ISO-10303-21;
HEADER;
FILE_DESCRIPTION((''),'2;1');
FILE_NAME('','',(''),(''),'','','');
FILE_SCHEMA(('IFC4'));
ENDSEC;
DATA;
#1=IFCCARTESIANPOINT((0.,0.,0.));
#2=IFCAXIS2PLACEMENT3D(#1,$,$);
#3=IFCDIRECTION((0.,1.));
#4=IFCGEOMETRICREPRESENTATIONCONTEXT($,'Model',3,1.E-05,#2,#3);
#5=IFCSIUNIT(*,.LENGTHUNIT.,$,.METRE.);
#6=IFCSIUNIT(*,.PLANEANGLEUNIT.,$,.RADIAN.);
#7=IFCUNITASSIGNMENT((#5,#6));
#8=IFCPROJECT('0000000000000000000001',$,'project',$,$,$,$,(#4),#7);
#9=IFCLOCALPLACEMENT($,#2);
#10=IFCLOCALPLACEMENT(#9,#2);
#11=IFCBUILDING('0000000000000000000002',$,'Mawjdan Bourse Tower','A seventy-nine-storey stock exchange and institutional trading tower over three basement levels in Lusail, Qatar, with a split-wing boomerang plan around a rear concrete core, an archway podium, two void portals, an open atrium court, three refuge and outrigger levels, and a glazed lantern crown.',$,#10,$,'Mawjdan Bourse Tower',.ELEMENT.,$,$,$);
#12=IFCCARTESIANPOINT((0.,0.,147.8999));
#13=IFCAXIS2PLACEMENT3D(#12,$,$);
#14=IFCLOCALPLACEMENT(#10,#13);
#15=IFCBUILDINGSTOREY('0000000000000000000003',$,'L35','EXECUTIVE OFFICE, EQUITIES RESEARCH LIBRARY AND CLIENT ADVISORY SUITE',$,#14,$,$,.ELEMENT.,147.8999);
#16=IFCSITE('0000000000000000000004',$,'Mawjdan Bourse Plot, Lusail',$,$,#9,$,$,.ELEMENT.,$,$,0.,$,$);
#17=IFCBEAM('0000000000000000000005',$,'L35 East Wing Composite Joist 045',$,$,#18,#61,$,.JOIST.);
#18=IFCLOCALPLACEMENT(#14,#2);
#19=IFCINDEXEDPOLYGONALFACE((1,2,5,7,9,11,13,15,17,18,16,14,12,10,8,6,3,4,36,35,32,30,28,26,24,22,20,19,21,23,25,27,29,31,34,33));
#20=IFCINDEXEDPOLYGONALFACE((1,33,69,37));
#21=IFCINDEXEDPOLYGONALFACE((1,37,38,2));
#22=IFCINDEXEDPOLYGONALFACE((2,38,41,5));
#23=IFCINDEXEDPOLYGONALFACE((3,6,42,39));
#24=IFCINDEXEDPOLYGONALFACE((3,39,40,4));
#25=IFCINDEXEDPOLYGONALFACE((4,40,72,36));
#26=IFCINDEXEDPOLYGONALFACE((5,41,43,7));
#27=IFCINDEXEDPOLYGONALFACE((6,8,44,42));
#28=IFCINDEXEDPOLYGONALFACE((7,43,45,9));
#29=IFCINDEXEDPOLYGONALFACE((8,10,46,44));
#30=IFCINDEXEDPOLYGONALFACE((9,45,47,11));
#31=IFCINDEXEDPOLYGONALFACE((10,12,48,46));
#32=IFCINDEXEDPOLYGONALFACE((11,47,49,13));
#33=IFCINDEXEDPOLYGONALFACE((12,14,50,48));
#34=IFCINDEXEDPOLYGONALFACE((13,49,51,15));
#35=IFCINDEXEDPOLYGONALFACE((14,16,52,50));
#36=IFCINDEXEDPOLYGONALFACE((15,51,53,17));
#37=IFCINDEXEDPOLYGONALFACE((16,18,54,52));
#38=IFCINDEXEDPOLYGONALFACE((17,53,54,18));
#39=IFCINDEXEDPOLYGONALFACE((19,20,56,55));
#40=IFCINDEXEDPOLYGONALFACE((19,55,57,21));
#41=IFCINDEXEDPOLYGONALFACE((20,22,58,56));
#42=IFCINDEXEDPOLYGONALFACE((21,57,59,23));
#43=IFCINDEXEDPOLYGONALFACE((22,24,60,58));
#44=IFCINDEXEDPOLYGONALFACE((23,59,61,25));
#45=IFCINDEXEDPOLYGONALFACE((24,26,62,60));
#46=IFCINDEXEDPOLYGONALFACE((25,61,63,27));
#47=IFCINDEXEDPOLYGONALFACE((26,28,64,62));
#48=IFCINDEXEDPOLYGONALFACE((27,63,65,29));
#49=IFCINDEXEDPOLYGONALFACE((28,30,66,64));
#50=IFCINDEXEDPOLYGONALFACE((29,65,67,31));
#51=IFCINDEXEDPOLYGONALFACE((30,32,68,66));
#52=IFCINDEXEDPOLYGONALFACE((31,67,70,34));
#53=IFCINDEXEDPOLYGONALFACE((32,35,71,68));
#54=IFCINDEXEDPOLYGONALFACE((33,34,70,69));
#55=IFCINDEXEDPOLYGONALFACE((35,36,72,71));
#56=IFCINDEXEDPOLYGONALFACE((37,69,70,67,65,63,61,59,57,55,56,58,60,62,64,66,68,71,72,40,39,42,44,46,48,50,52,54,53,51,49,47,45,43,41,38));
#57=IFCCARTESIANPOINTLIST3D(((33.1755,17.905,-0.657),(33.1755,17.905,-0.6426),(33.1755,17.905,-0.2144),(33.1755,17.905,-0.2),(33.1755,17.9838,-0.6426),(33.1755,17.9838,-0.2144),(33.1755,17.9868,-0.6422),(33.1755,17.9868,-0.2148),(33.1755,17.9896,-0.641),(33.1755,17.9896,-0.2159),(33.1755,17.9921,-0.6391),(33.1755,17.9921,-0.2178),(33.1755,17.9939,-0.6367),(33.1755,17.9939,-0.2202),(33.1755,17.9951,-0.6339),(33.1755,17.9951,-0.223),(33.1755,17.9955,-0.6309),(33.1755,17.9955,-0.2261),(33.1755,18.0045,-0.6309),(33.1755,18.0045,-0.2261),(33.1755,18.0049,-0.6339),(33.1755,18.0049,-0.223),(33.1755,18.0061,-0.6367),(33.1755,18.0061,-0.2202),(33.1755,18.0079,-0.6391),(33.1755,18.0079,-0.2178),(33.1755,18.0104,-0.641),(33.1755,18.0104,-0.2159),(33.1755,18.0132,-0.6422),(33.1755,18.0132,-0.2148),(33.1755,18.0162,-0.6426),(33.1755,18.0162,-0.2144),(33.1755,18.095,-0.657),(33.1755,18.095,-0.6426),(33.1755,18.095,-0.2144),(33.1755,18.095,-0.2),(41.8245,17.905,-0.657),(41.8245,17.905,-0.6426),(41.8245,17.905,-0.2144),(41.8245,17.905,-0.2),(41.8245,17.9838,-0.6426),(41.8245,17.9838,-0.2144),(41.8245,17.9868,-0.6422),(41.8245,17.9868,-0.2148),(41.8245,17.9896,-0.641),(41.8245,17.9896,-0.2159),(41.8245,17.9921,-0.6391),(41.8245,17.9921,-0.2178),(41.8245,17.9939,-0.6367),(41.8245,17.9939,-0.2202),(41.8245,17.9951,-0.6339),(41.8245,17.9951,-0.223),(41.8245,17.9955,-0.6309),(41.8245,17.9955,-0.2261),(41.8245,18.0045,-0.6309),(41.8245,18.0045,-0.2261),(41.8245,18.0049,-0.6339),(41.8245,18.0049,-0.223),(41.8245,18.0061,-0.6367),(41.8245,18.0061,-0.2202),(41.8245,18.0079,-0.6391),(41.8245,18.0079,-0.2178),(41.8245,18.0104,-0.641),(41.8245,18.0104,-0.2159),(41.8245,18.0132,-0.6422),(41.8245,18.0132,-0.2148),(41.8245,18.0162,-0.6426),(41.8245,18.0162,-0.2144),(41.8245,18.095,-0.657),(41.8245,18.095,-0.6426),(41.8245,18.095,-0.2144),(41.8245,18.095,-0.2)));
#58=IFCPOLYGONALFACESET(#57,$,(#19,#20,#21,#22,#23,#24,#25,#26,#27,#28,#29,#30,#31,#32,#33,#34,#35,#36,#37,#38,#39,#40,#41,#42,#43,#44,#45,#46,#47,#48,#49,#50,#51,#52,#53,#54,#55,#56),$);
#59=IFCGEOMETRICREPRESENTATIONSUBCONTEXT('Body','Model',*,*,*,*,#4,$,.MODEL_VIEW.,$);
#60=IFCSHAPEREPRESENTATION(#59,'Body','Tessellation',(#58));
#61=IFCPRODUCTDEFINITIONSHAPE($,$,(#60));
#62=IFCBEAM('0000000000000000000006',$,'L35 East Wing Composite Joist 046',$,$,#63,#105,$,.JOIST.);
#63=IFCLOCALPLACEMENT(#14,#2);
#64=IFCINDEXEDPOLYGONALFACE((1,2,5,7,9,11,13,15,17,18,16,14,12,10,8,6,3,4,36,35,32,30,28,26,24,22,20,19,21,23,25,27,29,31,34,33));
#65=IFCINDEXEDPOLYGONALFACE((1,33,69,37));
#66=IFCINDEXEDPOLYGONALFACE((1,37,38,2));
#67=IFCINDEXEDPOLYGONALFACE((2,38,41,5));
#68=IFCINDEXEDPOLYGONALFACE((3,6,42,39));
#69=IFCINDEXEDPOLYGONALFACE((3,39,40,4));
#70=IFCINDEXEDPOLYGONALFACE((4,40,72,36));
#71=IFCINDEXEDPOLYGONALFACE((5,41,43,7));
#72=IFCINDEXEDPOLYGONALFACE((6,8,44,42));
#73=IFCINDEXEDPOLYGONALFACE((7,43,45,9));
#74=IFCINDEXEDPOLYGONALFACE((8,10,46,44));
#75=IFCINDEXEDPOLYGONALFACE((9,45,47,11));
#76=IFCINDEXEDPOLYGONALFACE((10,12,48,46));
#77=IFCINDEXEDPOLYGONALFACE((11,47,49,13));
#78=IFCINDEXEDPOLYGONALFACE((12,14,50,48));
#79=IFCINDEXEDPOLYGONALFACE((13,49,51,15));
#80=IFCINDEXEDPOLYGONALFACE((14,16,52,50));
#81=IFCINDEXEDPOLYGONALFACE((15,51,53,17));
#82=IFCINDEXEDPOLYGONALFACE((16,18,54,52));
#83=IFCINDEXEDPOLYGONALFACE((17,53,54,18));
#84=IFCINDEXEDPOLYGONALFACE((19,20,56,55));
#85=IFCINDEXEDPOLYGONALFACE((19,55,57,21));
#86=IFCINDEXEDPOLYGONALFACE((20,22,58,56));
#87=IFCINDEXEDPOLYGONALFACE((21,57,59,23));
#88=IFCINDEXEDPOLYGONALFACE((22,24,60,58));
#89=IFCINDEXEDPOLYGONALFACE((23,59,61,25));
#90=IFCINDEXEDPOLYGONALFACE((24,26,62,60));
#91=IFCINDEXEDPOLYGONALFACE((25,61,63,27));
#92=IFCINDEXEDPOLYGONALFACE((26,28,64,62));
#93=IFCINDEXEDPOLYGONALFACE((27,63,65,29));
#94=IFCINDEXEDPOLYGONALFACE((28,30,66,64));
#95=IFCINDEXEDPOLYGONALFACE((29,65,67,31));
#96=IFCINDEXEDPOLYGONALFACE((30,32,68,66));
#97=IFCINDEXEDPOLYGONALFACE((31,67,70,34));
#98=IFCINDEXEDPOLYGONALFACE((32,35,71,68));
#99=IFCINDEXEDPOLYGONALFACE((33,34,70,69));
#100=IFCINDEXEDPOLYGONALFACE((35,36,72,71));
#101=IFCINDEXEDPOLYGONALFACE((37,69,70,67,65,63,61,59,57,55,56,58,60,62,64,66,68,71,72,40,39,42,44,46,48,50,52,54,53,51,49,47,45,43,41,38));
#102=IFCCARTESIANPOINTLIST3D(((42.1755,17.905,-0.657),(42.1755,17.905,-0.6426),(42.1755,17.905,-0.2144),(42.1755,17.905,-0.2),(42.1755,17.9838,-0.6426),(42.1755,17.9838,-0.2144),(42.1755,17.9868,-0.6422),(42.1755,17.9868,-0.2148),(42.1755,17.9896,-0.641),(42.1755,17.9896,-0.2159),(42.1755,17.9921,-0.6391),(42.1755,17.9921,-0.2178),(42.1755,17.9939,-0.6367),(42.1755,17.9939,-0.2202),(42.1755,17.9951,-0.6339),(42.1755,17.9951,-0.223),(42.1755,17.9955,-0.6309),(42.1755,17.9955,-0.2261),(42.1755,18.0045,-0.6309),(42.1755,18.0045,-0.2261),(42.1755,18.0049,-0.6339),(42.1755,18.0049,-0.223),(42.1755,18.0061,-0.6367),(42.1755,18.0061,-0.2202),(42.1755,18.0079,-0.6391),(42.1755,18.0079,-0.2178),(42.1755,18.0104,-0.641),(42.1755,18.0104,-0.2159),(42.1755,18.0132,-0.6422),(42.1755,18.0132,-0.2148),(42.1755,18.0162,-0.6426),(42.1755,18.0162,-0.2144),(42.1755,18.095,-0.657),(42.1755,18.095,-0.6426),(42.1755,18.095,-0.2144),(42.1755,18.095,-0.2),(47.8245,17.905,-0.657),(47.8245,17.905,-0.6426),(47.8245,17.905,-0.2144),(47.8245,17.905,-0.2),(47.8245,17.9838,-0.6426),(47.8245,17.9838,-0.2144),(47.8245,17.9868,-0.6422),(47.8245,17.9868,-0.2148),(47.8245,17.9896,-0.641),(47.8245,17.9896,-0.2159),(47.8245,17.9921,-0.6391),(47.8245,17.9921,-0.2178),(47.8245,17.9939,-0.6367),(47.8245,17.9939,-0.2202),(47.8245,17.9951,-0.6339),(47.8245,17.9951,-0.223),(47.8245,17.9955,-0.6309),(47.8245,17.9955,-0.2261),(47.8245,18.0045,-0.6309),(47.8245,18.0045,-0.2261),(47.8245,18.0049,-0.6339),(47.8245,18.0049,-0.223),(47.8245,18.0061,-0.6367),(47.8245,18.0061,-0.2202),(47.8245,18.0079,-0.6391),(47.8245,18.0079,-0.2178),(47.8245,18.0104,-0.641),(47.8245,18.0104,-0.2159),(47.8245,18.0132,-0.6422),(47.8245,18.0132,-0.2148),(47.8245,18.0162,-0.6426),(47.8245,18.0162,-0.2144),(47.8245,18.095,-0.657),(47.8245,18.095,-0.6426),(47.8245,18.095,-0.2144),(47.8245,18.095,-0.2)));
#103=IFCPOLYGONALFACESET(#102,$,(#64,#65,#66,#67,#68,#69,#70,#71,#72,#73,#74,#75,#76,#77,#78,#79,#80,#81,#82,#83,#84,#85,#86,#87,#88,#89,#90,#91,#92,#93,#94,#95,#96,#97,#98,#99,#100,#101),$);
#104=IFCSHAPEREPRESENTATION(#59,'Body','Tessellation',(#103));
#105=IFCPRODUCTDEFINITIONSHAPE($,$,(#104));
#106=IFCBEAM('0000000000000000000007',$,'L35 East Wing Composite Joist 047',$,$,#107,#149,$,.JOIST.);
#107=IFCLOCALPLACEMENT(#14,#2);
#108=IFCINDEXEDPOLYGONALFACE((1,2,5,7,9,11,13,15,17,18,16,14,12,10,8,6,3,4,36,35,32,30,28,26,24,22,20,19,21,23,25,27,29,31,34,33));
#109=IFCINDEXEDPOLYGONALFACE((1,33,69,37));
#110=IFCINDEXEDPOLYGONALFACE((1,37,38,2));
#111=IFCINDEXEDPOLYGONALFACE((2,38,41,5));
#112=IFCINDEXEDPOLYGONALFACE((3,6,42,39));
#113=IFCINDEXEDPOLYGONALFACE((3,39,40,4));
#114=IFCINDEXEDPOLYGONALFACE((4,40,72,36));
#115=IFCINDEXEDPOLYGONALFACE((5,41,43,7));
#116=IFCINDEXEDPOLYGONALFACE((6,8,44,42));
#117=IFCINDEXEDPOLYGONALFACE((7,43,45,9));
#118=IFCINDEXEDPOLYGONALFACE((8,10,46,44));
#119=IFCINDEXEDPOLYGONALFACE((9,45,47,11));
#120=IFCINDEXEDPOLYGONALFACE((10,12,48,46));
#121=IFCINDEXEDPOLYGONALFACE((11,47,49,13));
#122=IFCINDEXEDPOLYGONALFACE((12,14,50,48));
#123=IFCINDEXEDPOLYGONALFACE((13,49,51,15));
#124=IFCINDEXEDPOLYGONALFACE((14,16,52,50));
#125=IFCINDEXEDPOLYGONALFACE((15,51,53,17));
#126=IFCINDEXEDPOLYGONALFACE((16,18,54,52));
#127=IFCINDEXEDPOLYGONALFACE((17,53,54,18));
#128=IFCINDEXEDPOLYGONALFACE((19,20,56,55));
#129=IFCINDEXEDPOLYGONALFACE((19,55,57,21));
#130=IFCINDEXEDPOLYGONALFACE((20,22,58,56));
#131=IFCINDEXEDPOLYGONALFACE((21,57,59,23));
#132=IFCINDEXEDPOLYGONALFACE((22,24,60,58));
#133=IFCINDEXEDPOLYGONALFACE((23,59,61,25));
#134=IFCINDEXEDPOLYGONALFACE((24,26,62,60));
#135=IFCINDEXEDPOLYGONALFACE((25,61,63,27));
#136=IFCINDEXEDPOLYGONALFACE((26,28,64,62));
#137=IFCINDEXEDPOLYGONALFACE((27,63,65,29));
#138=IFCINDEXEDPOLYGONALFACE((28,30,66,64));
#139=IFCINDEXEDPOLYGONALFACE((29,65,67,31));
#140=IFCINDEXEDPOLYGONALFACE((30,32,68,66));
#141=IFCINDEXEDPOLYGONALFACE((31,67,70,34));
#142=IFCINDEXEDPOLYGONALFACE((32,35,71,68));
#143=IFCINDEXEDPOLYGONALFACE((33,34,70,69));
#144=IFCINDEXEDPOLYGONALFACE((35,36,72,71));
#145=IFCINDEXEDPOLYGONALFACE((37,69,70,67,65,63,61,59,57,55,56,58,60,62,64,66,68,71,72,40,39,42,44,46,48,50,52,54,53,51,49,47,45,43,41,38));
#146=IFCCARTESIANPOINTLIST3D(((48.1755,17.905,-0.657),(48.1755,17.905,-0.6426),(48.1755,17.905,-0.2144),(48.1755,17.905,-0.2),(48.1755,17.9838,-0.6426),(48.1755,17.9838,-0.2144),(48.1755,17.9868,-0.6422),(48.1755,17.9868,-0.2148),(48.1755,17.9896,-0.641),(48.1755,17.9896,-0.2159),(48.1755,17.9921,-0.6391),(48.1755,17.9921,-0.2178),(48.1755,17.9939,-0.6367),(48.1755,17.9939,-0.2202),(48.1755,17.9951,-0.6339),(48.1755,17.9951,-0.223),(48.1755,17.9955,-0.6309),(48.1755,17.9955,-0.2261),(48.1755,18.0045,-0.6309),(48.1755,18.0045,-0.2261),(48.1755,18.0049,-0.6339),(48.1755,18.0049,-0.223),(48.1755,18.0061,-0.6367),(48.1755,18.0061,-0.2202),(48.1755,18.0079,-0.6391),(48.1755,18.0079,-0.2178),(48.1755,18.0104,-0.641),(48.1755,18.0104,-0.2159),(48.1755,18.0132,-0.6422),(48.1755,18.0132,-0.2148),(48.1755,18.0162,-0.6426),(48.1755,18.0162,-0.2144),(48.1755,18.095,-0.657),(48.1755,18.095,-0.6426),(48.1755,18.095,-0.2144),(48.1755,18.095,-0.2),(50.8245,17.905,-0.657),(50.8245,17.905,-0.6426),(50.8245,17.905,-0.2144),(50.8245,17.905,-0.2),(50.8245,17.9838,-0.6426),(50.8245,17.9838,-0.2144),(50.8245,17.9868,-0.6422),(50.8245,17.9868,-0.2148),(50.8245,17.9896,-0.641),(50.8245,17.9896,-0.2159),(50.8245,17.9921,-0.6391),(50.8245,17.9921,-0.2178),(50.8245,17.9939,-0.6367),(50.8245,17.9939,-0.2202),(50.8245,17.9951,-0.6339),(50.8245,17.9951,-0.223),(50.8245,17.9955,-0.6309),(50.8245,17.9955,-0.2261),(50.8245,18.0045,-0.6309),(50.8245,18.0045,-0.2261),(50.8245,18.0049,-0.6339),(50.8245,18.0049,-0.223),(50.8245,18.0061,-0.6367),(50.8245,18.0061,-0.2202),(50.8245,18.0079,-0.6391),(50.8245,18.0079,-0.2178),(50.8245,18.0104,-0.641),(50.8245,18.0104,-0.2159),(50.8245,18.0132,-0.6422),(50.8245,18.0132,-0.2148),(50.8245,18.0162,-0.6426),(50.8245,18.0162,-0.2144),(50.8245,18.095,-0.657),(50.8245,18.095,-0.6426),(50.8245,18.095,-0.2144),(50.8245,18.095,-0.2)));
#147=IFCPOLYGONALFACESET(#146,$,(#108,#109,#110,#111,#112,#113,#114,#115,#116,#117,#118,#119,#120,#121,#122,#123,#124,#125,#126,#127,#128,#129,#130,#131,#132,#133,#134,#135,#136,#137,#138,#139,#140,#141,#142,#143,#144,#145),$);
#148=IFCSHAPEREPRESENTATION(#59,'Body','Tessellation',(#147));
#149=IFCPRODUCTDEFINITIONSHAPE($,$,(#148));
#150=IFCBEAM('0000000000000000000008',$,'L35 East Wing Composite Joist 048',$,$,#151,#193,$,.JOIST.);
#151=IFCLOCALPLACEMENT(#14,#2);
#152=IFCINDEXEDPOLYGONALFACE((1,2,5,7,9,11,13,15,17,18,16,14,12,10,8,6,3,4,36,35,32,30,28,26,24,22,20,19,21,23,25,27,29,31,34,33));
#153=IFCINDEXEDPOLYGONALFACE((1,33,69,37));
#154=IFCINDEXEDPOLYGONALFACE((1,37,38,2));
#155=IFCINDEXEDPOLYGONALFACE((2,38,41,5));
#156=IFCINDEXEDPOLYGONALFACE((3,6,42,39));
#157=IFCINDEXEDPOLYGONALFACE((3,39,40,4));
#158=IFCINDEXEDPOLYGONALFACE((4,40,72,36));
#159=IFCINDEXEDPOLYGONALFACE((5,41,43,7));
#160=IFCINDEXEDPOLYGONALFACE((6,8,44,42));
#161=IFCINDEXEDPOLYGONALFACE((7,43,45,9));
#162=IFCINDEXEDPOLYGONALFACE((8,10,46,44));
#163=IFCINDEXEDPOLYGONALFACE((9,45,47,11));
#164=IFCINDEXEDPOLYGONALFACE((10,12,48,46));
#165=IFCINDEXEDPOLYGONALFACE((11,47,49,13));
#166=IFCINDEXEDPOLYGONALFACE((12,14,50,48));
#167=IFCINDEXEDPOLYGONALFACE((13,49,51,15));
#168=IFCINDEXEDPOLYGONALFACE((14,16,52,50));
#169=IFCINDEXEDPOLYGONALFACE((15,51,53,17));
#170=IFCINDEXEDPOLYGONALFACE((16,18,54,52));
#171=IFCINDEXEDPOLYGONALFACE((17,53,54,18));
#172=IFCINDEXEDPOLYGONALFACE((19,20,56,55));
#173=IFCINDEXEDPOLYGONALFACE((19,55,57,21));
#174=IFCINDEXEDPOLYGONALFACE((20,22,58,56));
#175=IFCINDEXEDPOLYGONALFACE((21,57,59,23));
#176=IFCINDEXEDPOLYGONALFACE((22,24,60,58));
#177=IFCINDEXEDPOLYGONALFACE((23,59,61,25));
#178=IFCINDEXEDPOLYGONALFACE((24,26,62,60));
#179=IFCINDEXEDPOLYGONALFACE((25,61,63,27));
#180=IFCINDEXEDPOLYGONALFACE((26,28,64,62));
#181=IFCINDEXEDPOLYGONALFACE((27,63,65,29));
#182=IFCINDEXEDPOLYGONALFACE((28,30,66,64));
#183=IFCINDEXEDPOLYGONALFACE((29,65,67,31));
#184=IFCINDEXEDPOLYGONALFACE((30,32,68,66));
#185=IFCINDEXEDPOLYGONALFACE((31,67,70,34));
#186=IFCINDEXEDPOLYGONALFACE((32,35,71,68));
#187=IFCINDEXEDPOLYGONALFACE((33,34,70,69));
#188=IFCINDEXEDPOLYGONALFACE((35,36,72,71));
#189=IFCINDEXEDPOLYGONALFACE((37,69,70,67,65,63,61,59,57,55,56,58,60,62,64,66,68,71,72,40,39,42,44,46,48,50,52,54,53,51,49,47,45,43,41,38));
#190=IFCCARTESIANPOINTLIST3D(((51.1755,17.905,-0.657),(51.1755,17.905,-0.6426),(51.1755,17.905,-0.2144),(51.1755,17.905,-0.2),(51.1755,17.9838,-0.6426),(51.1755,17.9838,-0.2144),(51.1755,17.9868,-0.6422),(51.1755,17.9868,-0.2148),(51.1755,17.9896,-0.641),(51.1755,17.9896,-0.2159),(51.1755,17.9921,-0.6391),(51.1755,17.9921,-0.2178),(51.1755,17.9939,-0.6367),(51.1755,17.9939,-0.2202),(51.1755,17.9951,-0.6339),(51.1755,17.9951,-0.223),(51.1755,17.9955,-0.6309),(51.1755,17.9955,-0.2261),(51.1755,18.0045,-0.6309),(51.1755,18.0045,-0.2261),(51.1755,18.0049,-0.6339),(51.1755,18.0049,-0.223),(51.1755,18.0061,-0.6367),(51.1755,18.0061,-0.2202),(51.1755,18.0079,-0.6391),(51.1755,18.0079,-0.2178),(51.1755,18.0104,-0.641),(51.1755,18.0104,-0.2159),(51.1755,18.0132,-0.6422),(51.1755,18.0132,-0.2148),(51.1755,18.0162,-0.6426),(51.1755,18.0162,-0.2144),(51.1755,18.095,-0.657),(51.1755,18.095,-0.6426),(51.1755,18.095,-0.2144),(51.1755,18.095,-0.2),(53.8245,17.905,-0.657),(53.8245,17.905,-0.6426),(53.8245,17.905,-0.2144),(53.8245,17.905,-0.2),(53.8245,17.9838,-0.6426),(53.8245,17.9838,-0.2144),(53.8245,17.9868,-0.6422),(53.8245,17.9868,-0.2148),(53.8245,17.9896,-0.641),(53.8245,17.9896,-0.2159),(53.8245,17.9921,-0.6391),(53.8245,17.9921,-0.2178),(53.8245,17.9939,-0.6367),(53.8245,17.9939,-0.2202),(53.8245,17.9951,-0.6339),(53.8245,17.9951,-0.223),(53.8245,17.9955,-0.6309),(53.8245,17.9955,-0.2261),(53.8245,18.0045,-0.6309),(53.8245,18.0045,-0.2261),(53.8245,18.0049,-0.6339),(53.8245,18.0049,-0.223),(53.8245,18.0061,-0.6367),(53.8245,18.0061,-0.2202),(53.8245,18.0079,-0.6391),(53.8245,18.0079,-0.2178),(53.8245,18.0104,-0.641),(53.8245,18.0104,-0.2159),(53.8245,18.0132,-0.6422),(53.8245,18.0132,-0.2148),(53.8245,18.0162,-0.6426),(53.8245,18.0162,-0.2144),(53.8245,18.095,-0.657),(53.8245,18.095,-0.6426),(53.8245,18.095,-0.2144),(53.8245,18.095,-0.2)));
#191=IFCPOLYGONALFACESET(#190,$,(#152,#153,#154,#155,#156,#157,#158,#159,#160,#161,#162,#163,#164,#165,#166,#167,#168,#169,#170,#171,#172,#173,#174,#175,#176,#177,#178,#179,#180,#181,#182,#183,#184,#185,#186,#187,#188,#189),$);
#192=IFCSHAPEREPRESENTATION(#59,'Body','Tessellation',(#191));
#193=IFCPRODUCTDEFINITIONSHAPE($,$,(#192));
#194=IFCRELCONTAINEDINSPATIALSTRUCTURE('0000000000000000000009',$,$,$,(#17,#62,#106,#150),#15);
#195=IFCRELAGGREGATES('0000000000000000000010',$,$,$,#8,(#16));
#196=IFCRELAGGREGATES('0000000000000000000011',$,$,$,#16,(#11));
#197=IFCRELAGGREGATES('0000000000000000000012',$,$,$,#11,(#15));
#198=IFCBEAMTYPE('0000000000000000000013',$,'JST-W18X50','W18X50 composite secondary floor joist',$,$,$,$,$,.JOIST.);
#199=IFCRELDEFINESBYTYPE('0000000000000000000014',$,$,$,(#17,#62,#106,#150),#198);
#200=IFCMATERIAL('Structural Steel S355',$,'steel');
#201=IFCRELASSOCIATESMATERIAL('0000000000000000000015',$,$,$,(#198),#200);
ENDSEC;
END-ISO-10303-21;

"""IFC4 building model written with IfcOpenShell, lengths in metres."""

from ifc_helpers import new_model, si_unit, direction, frame, origin, origin_2d, place, context, subcontext, project, spatial, i_section, extrude, material, material_profile, profile_set, type_object, element, save


model = new_model("IFC4")

# Units and contexts
model_context = context("Model", 3, precision=1e-05, world=origin(), true_north=direction((0.0, 1.0)))
body_context = subcontext(model_context, "Body", "Model", "MODEL_VIEW")
ifc_project = project(units=[si_unit("LENGTHUNIT", "METRE"), si_unit("PLANEANGLEUNIT", "RADIAN")], contexts=[model_context])

# Site, building, storey
site_placement = place(None, origin())
site = spatial("IfcSite", under=ifc_project, at=site_placement, Name="Mawjdan Bourse Plot, Lusail", CompositionType="ELEMENT", RefElevation=0.0)
building_placement = place(site_placement, origin())
building = spatial("IfcBuilding", under=site, at=building_placement, Name="Mawjdan Bourse Tower", Description="A seventy-nine-storey stock exchange and institutional trading tower over three basement levels in Lusail, Qatar, with a split-wing boomerang plan around a rear concrete core, an archway podium, two void portals, an open atrium court, three refuge and outrigger levels, and a glazed lantern crown.", LongName="Mawjdan Bourse Tower", CompositionType="ELEMENT")
storey_placement = place(building_placement, frame((0.0, 0.0, 147.8999)))
storey = spatial("IfcBuildingStorey", under=building, at=storey_placement, Name="L35", Description="EXECUTIVE OFFICE, EQUITIES RESEARCH LIBRARY AND CLIENT ADVISORY SUITE", CompositionType="ELEMENT", Elevation=147.8999)

# Beams
ifc_material_1 = material(Name="Structural Steel S355", Category="steel")
ifc_material_profile_1 = material_profile(ifc_material_1, i_section(OverallWidth=0.1899, OverallDepth=0.457, WebThickness=0.009, FlangeThickness=0.0144, FilletRadius=0.0117, at=origin_2d()), Name="W18X50")
ifc_profile_set_1 = profile_set([ifc_material_profile_1], Name="Structural Steel S355")
beam_type_1 = type_object("IfcBeamType", Name="JST-W18X50", Description="W18X50 composite secondary floor joist", PredefinedType="JOIST", material=ifc_profile_set_1)
beam_1_placement = place(storey_placement, frame((33.1755, 18.0, -0.4285), z_axis=(1.0, 0.0, 0.0), x_axis=(0.0, 1.0, 0.0)))
element("IfcBeam", 1, at=beam_1_placement, inside=storey, type_object=beam_type_1, Name="L35 East Wing Composite Joist 045", PredefinedType="JOIST", context=body_context, shape_type="SweptSolid", body=[
    extrude(i_section(OverallWidth=0.1899, OverallDepth=0.457, WebThickness=0.009, FlangeThickness=0.0144, FilletRadius=0.0117, at=origin_2d()), origin(), (0.0, 0.0, 1.0), 8.6489),
])
beam_2_placement = place(storey_placement, frame((42.1755, 18.0, -0.4285), z_axis=(1.0, 0.0, 0.0), x_axis=(0.0, 1.0, 0.0)))
element("IfcBeam", 2, at=beam_2_placement, inside=storey, type_object=beam_type_1, Name="L35 East Wing Composite Joist 046", PredefinedType="JOIST", context=body_context, shape_type="SweptSolid", body=[
    extrude(i_section(OverallWidth=0.1899, OverallDepth=0.457, WebThickness=0.009, FlangeThickness=0.0144, FilletRadius=0.0117, at=origin_2d()), origin(), (0.0, 0.0, 1.0), 5.6489),
])
for number, where, z_axis, x_axis, name in (
    (3, (48.1755, 18.0, -0.4285), (1.0, 0.0, 0.0), (0.0, 1.0, 0.0), "L35 East Wing Composite Joist 047"),
    (4, (51.1755, 18.0, -0.4285), (1.0, 0.0, 0.0), (0.0, 1.0, 0.0), "L35 East Wing Composite Joist 048"),
):
    element("IfcBeam", number, at=place(storey_placement, frame(where, z_axis=z_axis, x_axis=x_axis)), inside=storey, type_object=beam_type_1, Name=name, PredefinedType="JOIST", context=body_context, shape_type="SweptSolid", body=[
        extrude(i_section(OverallWidth=0.1899, OverallDepth=0.457, WebThickness=0.009, FlangeThickness=0.0144, FilletRadius=0.0117, at=origin_2d()), origin(), (0.0, 0.0, 1.0), 2.6489),
    ])

save(model, "model.ifc")
